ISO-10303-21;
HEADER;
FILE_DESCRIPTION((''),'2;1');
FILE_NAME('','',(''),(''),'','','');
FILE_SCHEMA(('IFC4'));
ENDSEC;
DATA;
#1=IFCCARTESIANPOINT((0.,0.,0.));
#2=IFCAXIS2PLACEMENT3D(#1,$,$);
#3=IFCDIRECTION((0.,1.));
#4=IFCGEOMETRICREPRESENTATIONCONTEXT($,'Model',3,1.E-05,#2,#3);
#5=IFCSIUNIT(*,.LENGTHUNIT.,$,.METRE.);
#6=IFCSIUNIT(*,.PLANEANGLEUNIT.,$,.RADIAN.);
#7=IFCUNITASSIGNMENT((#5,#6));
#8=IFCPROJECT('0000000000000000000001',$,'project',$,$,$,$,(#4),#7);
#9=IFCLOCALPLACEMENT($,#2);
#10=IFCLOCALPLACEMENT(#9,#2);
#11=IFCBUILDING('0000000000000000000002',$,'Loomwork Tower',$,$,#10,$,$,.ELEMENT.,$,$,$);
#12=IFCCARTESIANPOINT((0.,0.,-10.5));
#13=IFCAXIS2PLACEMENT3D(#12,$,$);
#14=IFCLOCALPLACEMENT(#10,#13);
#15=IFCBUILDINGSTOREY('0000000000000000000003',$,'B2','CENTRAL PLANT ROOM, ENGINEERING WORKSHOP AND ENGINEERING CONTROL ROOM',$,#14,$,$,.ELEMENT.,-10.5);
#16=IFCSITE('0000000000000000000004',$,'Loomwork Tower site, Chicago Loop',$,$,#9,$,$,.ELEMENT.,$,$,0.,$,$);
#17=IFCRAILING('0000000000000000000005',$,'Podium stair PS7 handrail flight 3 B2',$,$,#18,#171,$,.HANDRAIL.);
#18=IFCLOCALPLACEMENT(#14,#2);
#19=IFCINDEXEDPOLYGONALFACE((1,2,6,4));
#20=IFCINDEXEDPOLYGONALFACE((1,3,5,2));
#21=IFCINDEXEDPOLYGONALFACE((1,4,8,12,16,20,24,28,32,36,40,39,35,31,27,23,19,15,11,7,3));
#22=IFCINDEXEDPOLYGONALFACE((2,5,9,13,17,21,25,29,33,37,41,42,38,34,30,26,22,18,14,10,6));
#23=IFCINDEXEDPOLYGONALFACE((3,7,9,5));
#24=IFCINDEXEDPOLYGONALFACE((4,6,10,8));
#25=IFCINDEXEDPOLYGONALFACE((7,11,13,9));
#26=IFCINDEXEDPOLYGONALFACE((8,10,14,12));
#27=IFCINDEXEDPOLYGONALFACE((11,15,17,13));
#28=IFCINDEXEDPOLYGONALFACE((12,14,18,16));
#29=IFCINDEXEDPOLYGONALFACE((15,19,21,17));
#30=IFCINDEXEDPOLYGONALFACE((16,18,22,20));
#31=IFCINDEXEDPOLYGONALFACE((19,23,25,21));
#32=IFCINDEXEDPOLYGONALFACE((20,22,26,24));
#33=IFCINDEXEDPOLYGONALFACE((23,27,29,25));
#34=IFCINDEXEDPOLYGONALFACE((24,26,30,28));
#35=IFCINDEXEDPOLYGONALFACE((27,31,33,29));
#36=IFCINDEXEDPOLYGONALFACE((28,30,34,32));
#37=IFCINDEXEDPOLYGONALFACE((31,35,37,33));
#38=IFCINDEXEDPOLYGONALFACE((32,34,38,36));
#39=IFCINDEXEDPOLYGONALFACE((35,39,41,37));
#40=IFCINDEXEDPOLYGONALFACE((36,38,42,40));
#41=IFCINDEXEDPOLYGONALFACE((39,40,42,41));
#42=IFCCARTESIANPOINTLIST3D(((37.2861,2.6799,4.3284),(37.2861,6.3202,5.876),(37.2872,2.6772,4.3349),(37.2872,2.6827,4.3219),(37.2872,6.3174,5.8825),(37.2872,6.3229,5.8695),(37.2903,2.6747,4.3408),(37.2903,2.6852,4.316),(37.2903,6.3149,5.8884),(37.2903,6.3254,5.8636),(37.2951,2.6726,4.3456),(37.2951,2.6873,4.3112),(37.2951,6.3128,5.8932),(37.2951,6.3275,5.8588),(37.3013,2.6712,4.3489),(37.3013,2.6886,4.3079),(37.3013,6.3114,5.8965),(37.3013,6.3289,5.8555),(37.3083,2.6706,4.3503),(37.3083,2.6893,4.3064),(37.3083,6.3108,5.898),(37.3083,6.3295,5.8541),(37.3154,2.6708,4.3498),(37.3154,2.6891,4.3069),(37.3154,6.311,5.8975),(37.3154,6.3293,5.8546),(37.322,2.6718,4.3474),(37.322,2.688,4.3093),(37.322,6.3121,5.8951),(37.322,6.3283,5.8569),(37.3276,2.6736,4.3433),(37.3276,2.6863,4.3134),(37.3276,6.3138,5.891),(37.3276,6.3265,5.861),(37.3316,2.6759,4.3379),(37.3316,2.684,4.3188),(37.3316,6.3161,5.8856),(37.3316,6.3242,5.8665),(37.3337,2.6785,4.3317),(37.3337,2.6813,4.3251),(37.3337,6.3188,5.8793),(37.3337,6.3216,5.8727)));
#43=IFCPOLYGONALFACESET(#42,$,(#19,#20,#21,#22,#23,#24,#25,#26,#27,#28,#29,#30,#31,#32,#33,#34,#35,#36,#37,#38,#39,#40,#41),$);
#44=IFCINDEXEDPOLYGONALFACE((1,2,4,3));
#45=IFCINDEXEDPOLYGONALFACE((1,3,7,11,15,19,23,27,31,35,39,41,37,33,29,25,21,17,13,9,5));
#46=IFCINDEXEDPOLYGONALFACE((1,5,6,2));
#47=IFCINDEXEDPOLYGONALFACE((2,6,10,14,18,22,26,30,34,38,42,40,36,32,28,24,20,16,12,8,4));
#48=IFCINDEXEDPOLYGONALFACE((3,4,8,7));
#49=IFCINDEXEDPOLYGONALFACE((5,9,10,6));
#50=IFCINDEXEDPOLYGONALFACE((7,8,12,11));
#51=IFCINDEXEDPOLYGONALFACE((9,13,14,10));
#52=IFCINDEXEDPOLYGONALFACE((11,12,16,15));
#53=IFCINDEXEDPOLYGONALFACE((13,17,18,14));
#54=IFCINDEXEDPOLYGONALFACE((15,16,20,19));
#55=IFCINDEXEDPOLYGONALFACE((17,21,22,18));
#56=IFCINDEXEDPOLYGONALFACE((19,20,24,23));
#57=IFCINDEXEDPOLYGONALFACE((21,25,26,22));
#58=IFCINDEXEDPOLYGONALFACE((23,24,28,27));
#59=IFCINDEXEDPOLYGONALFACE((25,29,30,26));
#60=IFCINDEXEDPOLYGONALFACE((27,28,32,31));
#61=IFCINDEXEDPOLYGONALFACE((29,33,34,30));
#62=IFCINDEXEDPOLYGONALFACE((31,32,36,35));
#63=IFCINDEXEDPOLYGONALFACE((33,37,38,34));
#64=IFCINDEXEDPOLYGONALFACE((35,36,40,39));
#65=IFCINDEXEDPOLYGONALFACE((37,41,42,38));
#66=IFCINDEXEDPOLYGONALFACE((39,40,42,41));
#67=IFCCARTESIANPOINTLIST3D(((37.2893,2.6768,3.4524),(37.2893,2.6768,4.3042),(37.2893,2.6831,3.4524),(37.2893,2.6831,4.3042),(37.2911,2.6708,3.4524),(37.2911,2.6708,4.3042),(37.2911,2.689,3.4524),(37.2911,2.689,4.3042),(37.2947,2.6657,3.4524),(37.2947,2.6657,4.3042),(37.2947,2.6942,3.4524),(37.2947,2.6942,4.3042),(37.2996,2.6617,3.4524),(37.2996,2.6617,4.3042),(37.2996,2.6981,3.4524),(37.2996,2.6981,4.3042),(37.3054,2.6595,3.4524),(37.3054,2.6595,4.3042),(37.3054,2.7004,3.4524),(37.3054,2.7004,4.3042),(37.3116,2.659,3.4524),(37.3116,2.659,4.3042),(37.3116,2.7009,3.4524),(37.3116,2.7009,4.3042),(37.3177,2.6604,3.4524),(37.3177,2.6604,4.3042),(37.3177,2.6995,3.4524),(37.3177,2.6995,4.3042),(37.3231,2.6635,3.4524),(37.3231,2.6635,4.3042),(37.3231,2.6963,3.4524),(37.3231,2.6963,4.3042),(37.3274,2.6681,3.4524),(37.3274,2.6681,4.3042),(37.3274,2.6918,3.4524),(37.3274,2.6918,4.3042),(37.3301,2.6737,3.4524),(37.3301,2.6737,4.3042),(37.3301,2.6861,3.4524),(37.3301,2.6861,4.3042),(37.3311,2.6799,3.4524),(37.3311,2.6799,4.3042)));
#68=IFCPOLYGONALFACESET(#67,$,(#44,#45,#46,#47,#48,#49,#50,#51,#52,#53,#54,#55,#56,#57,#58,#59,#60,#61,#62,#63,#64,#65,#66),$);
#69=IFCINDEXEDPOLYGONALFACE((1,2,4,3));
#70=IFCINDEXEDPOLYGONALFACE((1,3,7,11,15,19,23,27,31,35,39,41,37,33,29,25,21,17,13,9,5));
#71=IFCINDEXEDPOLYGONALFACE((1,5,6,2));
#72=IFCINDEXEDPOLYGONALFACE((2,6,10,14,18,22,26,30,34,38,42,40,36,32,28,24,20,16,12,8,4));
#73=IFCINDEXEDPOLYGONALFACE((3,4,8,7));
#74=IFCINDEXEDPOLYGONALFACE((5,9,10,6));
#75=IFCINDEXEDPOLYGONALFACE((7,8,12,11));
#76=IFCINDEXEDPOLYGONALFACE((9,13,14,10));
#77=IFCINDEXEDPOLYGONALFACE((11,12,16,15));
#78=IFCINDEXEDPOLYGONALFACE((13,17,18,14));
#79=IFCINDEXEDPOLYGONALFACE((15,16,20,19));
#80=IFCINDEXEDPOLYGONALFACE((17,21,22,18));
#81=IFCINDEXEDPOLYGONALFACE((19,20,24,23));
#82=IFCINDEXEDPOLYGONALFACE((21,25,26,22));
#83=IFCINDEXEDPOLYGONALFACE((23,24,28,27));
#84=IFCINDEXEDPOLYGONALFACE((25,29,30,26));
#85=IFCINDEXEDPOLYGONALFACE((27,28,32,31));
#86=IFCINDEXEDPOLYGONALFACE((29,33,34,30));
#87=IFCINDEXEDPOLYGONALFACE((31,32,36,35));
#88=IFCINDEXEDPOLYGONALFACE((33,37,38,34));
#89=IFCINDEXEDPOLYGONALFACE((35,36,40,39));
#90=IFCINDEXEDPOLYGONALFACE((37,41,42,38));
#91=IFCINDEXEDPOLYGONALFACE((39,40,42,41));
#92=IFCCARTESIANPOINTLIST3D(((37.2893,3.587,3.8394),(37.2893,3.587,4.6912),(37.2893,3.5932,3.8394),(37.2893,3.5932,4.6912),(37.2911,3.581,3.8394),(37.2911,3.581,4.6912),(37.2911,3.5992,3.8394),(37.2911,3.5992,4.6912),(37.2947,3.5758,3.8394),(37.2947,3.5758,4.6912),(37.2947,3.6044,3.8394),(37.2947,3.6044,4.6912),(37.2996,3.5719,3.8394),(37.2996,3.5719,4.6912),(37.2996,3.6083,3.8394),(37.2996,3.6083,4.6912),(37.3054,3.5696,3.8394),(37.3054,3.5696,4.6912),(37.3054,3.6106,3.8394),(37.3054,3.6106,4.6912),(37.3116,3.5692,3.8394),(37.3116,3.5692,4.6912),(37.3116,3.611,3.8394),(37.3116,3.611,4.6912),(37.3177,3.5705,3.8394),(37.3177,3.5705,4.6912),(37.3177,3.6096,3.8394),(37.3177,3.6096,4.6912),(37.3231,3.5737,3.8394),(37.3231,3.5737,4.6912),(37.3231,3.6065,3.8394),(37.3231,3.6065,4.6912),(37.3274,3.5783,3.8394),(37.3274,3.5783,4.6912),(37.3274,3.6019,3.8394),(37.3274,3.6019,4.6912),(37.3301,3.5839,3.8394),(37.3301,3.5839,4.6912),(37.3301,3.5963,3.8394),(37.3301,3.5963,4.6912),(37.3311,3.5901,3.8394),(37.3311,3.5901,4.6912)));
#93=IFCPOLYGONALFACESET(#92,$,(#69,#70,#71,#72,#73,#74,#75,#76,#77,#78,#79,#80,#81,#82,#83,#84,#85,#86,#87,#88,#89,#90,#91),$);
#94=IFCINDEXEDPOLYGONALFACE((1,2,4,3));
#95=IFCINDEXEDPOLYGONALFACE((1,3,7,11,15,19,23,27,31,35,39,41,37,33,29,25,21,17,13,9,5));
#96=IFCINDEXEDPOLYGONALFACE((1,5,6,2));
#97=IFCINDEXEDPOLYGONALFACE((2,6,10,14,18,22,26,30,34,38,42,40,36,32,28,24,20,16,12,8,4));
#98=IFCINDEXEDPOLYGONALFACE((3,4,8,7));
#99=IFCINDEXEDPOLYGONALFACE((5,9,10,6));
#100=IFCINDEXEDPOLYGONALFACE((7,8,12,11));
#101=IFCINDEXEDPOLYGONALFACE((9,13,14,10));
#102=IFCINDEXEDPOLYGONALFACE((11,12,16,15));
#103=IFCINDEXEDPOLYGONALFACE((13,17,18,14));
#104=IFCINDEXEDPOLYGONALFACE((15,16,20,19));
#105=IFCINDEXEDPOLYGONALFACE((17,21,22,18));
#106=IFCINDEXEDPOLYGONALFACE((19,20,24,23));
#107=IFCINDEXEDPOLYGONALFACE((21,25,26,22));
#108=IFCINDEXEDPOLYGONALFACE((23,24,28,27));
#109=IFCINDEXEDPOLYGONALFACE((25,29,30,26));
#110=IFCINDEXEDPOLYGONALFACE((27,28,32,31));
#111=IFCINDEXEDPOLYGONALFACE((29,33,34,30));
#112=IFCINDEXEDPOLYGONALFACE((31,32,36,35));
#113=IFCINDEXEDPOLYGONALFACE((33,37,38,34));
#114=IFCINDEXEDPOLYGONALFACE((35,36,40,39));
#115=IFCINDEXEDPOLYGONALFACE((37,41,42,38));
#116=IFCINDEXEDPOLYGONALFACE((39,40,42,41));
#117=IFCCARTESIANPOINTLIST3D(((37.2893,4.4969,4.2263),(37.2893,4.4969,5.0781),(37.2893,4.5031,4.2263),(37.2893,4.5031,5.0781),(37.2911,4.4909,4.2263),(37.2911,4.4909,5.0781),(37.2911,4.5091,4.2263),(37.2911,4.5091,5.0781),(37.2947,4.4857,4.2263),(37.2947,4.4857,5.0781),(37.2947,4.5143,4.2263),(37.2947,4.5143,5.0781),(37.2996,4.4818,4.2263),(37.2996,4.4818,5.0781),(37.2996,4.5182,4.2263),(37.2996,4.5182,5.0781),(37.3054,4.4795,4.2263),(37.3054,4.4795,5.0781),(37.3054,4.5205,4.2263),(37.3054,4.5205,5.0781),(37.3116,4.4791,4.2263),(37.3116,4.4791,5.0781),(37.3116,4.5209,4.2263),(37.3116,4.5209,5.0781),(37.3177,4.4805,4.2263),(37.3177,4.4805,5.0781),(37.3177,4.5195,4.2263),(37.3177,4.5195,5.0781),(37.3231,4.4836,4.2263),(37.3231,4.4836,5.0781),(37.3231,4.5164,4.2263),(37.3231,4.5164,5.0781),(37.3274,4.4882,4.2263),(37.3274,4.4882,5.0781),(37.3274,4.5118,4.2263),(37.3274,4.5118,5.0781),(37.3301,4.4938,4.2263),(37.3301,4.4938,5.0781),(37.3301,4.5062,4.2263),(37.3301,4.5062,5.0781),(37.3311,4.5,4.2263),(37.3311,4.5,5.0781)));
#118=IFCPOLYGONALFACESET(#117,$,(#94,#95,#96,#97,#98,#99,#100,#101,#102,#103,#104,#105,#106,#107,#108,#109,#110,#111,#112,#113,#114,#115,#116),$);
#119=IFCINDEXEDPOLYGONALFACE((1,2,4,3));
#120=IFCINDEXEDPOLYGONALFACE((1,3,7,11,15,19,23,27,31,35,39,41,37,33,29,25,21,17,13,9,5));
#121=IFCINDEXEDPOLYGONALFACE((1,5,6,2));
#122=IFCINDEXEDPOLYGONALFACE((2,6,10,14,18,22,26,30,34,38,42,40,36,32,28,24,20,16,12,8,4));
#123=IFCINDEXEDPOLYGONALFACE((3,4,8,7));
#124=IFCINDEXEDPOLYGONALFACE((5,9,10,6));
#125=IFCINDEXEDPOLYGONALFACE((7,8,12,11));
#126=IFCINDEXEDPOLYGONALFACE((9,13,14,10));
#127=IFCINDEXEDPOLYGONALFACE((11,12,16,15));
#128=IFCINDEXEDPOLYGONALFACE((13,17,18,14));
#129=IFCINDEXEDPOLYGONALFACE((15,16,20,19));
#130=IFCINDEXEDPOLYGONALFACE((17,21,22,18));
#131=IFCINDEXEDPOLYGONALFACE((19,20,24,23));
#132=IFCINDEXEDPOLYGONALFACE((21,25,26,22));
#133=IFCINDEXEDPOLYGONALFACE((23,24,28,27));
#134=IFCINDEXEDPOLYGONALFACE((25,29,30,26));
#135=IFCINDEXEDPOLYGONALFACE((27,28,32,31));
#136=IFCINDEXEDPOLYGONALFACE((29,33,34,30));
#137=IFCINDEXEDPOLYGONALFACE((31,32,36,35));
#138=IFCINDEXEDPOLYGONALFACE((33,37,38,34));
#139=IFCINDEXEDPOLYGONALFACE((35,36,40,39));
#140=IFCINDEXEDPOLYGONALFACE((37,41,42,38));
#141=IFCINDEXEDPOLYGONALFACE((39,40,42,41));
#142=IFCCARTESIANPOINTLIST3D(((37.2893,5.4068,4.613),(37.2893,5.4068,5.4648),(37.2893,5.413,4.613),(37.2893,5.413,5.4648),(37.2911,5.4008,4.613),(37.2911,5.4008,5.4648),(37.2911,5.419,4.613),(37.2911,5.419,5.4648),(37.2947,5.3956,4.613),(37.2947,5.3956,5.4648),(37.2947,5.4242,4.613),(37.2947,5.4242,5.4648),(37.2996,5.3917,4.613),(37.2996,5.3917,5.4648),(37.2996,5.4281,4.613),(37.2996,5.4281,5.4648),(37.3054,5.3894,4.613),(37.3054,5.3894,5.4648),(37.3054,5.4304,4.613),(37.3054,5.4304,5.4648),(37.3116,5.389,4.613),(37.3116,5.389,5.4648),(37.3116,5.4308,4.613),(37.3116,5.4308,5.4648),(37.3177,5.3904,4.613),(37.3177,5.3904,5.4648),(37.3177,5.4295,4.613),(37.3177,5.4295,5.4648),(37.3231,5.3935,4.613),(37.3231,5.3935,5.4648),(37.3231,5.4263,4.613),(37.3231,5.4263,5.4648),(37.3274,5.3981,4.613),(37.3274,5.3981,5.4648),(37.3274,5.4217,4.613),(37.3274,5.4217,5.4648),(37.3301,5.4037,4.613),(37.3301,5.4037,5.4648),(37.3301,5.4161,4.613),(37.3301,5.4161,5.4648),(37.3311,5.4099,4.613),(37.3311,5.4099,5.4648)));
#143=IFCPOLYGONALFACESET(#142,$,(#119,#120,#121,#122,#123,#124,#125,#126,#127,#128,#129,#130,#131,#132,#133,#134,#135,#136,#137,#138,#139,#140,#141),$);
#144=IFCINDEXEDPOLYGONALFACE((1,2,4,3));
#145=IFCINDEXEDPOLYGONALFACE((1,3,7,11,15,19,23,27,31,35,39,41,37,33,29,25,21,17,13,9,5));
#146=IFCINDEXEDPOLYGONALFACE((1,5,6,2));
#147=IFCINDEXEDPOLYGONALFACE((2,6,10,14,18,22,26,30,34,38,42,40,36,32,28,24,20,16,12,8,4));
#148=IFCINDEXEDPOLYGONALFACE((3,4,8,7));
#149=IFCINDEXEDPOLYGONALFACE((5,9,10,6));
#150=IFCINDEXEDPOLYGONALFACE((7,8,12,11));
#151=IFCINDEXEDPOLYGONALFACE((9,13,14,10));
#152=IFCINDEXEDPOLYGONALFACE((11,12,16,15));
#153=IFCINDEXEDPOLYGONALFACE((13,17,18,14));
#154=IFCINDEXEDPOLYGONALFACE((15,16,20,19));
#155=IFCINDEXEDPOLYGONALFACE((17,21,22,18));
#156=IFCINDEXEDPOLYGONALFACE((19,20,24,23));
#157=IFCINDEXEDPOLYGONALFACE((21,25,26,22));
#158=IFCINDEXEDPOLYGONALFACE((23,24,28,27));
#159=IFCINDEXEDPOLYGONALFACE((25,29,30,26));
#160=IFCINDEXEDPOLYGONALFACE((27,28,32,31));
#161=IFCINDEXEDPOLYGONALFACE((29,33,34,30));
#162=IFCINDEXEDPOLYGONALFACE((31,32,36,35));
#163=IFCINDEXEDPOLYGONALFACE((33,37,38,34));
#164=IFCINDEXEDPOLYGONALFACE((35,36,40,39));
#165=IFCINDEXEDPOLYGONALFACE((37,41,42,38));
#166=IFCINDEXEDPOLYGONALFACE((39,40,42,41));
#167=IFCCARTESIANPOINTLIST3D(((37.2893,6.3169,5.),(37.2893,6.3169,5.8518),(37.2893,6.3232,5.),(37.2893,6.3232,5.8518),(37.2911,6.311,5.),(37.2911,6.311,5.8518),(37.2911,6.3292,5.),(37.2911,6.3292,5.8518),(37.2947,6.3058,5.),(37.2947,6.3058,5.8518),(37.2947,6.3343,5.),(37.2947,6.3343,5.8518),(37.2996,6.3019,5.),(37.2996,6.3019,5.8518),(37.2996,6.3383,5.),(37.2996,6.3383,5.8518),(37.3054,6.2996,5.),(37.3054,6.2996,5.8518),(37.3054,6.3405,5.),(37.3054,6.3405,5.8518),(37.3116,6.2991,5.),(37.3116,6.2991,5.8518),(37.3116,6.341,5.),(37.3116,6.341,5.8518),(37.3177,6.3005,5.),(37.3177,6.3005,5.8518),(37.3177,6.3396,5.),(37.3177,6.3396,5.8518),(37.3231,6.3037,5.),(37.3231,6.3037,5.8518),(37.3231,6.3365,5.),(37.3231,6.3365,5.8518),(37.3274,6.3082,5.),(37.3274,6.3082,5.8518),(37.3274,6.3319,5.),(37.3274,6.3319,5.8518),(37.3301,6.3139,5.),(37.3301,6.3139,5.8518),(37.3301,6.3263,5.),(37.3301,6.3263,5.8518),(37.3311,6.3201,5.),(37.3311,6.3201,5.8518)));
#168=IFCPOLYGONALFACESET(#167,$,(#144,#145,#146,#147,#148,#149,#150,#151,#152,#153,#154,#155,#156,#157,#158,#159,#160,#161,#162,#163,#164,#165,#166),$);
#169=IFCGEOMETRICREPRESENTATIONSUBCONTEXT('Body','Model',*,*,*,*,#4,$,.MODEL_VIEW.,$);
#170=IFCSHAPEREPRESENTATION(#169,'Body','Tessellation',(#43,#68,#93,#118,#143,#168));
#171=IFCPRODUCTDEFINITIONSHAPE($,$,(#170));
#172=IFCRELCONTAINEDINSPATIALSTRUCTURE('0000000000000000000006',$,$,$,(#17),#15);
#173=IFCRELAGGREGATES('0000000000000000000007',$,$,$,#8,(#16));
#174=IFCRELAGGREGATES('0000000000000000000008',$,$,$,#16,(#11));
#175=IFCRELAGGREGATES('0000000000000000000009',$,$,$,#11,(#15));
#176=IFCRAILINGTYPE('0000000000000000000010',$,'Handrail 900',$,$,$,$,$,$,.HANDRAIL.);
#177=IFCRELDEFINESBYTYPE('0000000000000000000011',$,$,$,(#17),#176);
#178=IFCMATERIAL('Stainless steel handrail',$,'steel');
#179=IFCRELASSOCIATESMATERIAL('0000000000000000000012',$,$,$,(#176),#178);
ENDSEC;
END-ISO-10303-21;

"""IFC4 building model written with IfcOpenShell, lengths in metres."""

from ifc_helpers import new_model, si_unit, direction, frame, origin, origin_2d, place, context, subcontext, project, spatial, circle, extrude, material, type_object, element, save


model = new_model("IFC4")

# Units and contexts
model_context = context("Model", 3, precision=1e-05, world=origin(), true_north=direction((0.0, 1.0)))
body_context = subcontext(model_context, "Body", "Model", "MODEL_VIEW")
ifc_project = project(units=[si_unit("LENGTHUNIT", "METRE"), si_unit("PLANEANGLEUNIT", "RADIAN")], contexts=[model_context])

# Site, building, storey
site_placement = place(None, origin())
site = spatial("IfcSite", under=ifc_project, at=site_placement, Name="Loomwork Tower site, Chicago Loop", CompositionType="ELEMENT", RefElevation=0.0)
building_placement = place(site_placement, origin())
building = spatial("IfcBuilding", under=site, at=building_placement, Name="Loomwork Tower", CompositionType="ELEMENT")
storey_placement = place(building_placement, frame((0.0, 0.0, -10.5)))
storey = spatial("IfcBuildingStorey", under=building, at=storey_placement, Name="B2", Description="CENTRAL PLANT ROOM, ENGINEERING WORKSHOP AND ENGINEERING CONTROL ROOM", CompositionType="ELEMENT", Elevation=-10.5)

# Railing
ifc_material_1 = material(Name="Stainless steel handrail", Category="steel")
railing_type = type_object("IfcRailingType", Name="Handrail 900", PredefinedType="HANDRAIL", material=ifc_material_1)
railing_1_placement = place(storey_placement, frame((37.3101, 2.6799, 3.4524)))
element("IfcRailing", 1, at=railing_1_placement, inside=storey, type_object=railing_type, Name="Podium stair PS7 handrail flight 3 B2", PredefinedType="HANDRAIL", context=body_context, shape_type="SweptSolid", body=[
    extrude(circle(Radius=0.0239, at=origin_2d()), frame((0.0, 0.0, 0.876), z_axis=(0.0, 0.920281, 0.391258), x_axis=(-1.0, 0.0, 0.0)), (0.0, 0.0, 1.0), 3.9556),
    extrude(circle(Radius=0.021, at=origin_2d()), origin(), (0.0, 0.0, 1.0), 0.8518),
    extrude(circle(Radius=0.021, at=origin_2d()), frame((0.0, 0.9102, 0.387)), (0.0, 0.0, 1.0), 0.8518),
    extrude(circle(Radius=0.021, at=origin_2d()), frame((0.0, 1.8201, 0.7739)), (0.0, 0.0, 1.0), 0.8518),
    extrude(circle(Radius=0.021, at=origin_2d()), frame((0.0, 2.73, 1.1606)), (0.0, 0.0, 1.0), 0.8518),
    extrude(circle(Radius=0.021, at=origin_2d()), frame((0.0, 3.6401, 1.5476)), (0.0, 0.0, 1.0), 0.8518),
])

save(model, "model.ifc")
